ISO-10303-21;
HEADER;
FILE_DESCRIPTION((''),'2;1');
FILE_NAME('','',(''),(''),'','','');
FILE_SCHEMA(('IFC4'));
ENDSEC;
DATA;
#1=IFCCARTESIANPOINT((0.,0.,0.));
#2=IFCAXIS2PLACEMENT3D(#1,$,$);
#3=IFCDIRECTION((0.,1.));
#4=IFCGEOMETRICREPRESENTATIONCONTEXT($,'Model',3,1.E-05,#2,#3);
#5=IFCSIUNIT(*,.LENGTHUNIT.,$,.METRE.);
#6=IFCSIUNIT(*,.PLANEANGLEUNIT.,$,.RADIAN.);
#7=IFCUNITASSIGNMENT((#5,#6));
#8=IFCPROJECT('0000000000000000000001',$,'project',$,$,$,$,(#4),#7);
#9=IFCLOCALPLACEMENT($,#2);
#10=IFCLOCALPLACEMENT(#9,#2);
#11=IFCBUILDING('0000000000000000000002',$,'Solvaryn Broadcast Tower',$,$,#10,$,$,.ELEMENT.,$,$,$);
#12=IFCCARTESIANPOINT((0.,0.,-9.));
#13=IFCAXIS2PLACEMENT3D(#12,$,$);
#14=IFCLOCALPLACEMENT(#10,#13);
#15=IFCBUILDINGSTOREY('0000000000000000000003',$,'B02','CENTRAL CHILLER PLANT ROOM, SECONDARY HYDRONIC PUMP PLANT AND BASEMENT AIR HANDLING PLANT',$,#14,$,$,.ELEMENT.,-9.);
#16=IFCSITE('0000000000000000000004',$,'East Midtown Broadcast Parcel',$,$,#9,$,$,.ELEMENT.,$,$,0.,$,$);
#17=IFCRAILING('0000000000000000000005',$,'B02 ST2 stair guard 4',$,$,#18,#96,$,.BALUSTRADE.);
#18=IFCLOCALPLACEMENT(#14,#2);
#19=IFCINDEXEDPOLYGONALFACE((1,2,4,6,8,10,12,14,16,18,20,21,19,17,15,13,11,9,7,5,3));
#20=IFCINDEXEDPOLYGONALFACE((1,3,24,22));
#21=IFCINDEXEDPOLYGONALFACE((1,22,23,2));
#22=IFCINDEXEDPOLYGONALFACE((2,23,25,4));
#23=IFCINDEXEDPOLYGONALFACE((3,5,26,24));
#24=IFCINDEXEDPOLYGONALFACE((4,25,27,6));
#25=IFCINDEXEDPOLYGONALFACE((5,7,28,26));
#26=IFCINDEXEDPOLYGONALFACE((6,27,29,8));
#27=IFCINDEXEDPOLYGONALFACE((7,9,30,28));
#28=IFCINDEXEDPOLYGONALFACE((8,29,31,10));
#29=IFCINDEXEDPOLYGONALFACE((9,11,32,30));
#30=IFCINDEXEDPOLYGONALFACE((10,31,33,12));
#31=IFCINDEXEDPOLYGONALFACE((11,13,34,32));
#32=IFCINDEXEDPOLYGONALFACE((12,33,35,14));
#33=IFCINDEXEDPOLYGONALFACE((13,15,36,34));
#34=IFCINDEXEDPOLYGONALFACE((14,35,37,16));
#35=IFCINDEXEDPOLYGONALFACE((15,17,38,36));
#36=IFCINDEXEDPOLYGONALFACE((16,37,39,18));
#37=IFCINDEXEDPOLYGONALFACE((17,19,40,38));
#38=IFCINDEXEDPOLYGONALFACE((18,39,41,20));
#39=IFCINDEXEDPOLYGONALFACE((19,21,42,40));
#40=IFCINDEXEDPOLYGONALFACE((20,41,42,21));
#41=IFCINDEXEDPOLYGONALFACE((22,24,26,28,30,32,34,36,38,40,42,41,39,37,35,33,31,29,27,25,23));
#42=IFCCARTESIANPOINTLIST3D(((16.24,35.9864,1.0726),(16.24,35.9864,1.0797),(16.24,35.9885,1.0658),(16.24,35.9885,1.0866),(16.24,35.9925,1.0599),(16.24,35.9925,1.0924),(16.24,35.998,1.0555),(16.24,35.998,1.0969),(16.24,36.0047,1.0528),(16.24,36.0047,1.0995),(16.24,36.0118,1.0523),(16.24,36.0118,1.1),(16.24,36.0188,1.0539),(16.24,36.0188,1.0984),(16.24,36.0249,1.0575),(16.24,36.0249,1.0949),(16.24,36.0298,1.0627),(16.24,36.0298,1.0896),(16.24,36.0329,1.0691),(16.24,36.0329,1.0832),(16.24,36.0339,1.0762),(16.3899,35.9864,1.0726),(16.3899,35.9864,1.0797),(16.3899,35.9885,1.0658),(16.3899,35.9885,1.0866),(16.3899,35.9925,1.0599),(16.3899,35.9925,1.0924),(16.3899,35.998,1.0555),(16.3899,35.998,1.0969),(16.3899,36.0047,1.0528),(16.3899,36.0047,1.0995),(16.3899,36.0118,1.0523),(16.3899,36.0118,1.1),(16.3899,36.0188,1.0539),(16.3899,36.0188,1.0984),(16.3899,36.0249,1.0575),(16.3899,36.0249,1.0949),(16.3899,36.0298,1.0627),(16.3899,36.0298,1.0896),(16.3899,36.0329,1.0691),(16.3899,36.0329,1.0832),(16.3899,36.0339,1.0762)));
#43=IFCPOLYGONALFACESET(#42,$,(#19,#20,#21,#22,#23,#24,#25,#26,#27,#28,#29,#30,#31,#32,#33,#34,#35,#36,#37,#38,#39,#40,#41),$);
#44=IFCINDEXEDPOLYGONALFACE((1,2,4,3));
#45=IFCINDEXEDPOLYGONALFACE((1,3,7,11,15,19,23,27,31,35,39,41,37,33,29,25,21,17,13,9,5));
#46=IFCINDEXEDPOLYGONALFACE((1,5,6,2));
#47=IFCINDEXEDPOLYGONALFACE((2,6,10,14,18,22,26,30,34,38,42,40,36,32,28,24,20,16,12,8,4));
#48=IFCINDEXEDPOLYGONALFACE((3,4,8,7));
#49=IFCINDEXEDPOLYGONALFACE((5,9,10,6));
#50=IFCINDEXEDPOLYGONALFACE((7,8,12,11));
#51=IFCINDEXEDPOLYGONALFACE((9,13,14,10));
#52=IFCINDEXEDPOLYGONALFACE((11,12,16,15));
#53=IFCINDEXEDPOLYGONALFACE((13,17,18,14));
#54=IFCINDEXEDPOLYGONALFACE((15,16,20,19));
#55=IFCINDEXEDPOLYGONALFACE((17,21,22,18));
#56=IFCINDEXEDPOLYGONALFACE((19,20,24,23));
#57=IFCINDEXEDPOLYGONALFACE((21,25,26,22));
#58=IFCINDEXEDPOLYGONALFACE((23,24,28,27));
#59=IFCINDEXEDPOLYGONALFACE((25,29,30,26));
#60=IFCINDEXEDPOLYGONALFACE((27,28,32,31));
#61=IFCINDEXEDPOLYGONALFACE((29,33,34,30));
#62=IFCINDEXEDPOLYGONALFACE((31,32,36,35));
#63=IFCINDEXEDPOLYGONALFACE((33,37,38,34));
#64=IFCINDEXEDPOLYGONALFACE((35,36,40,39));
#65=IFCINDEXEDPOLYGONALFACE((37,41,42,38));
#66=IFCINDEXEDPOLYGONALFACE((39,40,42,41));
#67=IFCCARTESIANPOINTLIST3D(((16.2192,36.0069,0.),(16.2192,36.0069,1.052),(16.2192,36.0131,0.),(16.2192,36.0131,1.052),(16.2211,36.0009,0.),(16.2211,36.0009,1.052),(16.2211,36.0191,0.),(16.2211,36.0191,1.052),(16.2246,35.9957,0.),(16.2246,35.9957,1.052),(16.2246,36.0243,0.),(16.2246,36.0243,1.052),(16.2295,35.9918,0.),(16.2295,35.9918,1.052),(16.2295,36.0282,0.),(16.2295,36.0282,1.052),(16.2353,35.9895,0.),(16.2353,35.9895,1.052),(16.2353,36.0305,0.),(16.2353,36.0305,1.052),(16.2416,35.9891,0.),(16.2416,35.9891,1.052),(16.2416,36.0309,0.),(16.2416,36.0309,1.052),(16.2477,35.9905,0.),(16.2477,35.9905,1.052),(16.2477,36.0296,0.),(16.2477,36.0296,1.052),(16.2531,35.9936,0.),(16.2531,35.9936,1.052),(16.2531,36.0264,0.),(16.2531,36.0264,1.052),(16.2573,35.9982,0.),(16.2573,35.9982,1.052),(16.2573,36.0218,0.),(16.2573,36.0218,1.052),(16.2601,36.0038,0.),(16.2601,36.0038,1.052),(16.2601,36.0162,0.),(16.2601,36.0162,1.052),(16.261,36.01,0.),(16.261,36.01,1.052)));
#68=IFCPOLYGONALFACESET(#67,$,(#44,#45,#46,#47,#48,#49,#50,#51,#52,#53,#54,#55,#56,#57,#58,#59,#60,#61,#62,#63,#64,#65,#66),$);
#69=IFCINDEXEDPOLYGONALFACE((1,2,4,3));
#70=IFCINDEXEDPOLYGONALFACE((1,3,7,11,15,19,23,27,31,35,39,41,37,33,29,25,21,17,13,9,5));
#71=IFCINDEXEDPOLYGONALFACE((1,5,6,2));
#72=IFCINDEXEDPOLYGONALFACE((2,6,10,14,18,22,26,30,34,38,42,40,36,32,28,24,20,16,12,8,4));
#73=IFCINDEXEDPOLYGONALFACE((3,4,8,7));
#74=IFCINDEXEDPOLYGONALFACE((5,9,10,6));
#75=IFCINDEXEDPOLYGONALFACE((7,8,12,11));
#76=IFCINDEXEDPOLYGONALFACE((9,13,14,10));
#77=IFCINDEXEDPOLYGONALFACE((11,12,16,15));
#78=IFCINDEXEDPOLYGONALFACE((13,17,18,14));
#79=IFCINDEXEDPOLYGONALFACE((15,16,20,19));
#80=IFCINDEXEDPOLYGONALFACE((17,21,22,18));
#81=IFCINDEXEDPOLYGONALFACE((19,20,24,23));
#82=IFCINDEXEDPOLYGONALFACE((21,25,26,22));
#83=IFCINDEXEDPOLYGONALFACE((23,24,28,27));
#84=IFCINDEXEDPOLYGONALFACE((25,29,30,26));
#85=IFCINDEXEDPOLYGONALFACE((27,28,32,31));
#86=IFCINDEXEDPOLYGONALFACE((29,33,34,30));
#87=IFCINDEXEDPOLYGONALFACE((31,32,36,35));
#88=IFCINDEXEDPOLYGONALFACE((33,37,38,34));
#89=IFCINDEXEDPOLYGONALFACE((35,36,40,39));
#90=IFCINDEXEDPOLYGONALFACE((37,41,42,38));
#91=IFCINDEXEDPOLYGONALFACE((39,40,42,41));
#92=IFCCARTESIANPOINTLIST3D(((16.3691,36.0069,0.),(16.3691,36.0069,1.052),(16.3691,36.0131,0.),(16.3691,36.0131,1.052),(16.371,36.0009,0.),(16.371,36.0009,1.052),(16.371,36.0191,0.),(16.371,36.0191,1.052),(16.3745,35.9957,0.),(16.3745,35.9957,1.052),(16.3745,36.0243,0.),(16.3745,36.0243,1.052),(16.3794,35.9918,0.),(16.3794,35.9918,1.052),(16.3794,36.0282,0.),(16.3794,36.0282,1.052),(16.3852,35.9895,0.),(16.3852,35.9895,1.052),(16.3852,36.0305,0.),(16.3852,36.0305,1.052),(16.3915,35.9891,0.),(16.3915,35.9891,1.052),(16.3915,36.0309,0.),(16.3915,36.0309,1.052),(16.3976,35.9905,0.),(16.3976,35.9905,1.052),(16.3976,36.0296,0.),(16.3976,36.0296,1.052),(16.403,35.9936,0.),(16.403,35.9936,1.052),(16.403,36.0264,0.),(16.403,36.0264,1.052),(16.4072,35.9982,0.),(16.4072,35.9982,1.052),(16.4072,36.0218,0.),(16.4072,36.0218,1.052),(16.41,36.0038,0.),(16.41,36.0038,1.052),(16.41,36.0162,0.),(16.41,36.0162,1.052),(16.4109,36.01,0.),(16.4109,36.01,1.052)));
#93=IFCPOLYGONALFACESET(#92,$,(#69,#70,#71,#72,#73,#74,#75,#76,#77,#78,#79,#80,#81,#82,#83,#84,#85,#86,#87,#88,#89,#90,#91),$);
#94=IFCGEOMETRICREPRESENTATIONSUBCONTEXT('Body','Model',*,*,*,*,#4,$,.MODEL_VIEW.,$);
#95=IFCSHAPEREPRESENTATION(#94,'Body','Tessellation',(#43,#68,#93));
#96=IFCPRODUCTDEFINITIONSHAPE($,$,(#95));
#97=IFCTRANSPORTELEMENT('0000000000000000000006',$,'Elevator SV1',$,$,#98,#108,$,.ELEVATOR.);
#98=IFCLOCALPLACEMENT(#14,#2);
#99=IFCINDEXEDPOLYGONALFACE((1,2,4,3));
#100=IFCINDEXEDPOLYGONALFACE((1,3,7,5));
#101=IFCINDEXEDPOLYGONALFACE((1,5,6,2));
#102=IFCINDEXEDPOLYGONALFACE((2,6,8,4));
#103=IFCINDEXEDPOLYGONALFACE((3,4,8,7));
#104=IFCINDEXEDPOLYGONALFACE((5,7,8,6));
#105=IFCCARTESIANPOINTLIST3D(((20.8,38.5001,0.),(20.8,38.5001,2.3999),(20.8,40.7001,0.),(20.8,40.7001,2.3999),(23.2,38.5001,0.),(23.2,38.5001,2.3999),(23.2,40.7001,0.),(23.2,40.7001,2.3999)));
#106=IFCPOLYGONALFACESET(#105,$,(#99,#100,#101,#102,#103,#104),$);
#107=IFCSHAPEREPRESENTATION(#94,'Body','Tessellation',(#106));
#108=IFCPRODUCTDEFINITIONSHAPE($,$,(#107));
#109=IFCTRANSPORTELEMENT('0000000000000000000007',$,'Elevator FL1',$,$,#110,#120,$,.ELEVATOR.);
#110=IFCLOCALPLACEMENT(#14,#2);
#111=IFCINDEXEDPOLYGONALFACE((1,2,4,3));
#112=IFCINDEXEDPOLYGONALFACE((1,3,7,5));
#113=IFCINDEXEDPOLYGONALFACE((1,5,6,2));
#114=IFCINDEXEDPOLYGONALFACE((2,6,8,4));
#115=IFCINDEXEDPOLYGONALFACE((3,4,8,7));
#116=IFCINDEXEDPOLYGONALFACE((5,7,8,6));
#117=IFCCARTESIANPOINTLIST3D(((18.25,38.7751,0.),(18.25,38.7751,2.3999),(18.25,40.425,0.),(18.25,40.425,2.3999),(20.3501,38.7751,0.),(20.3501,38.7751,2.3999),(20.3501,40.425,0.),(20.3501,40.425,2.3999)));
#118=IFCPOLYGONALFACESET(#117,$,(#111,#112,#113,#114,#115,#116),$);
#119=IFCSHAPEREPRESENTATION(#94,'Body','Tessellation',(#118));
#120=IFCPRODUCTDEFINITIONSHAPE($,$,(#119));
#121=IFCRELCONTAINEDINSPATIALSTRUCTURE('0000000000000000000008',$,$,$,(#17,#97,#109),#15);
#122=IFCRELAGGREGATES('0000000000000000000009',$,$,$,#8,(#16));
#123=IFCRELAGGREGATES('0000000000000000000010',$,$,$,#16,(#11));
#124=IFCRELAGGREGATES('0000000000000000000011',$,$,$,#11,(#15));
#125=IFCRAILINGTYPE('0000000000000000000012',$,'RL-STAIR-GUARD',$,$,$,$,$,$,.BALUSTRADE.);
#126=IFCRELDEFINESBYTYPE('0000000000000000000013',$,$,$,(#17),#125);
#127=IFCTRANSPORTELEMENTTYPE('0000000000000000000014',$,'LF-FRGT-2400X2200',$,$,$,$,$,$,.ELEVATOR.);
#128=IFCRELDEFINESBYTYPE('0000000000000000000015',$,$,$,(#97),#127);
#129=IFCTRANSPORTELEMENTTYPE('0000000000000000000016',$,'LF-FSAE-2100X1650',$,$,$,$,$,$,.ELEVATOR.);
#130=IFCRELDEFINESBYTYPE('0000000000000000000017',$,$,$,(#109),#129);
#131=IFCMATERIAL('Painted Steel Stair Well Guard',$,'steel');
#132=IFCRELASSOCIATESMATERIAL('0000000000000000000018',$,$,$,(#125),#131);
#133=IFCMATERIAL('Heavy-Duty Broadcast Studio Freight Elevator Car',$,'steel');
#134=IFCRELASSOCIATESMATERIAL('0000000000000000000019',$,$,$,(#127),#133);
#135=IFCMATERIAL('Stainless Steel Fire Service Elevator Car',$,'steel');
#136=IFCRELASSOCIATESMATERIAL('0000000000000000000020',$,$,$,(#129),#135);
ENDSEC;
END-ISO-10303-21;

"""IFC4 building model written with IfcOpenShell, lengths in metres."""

from ifc_helpers import new_model, si_unit, direction, frame, origin, origin_2d, place, context, subcontext, project, spatial, rectangle, circle, extrude, material, type_object, element, save


model = new_model("IFC4")

# Units and contexts
model_context = context("Model", 3, precision=1e-05, world=origin(), true_north=direction((0.0, 1.0)))
body_context = subcontext(model_context, "Body", "Model", "MODEL_VIEW")
ifc_project = project(units=[si_unit("LENGTHUNIT", "METRE"), si_unit("PLANEANGLEUNIT", "RADIAN")], contexts=[model_context])

# Site, building, storey
site_placement = place(None, origin())
site = spatial("IfcSite", under=ifc_project, at=site_placement, Name="East Midtown Broadcast Parcel", CompositionType="ELEMENT", RefElevation=0.0)
building_placement = place(site_placement, origin())
building = spatial("IfcBuilding", under=site, at=building_placement, Name="Solvaryn Broadcast Tower", CompositionType="ELEMENT")
storey_placement = place(building_placement, frame((0.0, 0.0, -9.0)))
storey = spatial("IfcBuildingStorey", under=building, at=storey_placement, Name="B02", Description="CENTRAL CHILLER PLANT ROOM, SECONDARY HYDRONIC PUMP PLANT AND BASEMENT AIR HANDLING PLANT", CompositionType="ELEMENT", Elevation=-9.0)

# Railing
ifc_material_1 = material(Name="Painted Steel Stair Well Guard", Category="steel")
railing_type = type_object("IfcRailingType", Name="RL-STAIR-GUARD", PredefinedType="BALUSTRADE", material=ifc_material_1)
railing_placement = place(storey_placement, frame((16.24, 36.01, 0.0)))
element("IfcRailing", 1, at=railing_placement, inside=storey, type_object=railing_type, Name="B02 ST2 stair guard 4", PredefinedType="BALUSTRADE", context=body_context, shape_type="SweptSolid", body=[
    extrude(circle(Radius=0.0239, at=origin_2d()), frame((0.0, 0.0, 1.0762), z_axis=(1.0, 0.0, 0.0), x_axis=(0.0, 1.0, 0.0)), (0.0, 0.0, 1.0), 0.1499),
    extrude(circle(Radius=0.021, at=origin_2d()), origin(), (0.0, 0.0, 1.0), 1.052),
    extrude(circle(Radius=0.021, at=origin_2d()), frame((0.1499, 0.0, 0.0)), (0.0, 0.0, 1.0), 1.052),
])

# Transport elements
ifc_material_2 = material(Name="Heavy-Duty Broadcast Studio Freight Elevator Car", Category="steel")
transport_element_type_1 = type_object("IfcTransportElementType", Name="LF-FRGT-2400X2200", PredefinedType="ELEVATOR", material=ifc_material_2)
transport_element_1_placement = place(storey_placement, frame((22.0, 39.6001, 0.0), z_axis=(0.0, 0.0, 1.0), x_axis=(1.0, 0.0, 0.0)))
element("IfcTransportElement", 2, at=transport_element_1_placement, inside=storey, type_object=transport_element_type_1, Name="Elevator SV1", PredefinedType="ELEVATOR", context=body_context, shape_type="SweptSolid", body=[
    extrude(rectangle(XDim=2.3999, YDim=2.2, at=origin_2d()), origin(), (0.0, 0.0, 1.0), 2.3999),
])
ifc_material_3 = material(Name="Stainless Steel Fire Service Elevator Car", Category="steel")
transport_element_type_2 = type_object("IfcTransportElementType", Name="LF-FSAE-2100X1650", PredefinedType="ELEVATOR", material=ifc_material_3)
transport_element_2_placement = place(storey_placement, frame((19.3, 39.6001, 0.0), z_axis=(0.0, 0.0, 1.0), x_axis=(1.0, 0.0, 0.0)))
element("IfcTransportElement", 3, at=transport_element_2_placement, inside=storey, type_object=transport_element_type_2, Name="Elevator FL1", PredefinedType="ELEVATOR", context=body_context, shape_type="SweptSolid", body=[
    extrude(rectangle(XDim=2.1001, YDim=1.6499, at=origin_2d()), origin(), (0.0, 0.0, 1.0), 2.3999),
])

save(model, "model.ifc")
